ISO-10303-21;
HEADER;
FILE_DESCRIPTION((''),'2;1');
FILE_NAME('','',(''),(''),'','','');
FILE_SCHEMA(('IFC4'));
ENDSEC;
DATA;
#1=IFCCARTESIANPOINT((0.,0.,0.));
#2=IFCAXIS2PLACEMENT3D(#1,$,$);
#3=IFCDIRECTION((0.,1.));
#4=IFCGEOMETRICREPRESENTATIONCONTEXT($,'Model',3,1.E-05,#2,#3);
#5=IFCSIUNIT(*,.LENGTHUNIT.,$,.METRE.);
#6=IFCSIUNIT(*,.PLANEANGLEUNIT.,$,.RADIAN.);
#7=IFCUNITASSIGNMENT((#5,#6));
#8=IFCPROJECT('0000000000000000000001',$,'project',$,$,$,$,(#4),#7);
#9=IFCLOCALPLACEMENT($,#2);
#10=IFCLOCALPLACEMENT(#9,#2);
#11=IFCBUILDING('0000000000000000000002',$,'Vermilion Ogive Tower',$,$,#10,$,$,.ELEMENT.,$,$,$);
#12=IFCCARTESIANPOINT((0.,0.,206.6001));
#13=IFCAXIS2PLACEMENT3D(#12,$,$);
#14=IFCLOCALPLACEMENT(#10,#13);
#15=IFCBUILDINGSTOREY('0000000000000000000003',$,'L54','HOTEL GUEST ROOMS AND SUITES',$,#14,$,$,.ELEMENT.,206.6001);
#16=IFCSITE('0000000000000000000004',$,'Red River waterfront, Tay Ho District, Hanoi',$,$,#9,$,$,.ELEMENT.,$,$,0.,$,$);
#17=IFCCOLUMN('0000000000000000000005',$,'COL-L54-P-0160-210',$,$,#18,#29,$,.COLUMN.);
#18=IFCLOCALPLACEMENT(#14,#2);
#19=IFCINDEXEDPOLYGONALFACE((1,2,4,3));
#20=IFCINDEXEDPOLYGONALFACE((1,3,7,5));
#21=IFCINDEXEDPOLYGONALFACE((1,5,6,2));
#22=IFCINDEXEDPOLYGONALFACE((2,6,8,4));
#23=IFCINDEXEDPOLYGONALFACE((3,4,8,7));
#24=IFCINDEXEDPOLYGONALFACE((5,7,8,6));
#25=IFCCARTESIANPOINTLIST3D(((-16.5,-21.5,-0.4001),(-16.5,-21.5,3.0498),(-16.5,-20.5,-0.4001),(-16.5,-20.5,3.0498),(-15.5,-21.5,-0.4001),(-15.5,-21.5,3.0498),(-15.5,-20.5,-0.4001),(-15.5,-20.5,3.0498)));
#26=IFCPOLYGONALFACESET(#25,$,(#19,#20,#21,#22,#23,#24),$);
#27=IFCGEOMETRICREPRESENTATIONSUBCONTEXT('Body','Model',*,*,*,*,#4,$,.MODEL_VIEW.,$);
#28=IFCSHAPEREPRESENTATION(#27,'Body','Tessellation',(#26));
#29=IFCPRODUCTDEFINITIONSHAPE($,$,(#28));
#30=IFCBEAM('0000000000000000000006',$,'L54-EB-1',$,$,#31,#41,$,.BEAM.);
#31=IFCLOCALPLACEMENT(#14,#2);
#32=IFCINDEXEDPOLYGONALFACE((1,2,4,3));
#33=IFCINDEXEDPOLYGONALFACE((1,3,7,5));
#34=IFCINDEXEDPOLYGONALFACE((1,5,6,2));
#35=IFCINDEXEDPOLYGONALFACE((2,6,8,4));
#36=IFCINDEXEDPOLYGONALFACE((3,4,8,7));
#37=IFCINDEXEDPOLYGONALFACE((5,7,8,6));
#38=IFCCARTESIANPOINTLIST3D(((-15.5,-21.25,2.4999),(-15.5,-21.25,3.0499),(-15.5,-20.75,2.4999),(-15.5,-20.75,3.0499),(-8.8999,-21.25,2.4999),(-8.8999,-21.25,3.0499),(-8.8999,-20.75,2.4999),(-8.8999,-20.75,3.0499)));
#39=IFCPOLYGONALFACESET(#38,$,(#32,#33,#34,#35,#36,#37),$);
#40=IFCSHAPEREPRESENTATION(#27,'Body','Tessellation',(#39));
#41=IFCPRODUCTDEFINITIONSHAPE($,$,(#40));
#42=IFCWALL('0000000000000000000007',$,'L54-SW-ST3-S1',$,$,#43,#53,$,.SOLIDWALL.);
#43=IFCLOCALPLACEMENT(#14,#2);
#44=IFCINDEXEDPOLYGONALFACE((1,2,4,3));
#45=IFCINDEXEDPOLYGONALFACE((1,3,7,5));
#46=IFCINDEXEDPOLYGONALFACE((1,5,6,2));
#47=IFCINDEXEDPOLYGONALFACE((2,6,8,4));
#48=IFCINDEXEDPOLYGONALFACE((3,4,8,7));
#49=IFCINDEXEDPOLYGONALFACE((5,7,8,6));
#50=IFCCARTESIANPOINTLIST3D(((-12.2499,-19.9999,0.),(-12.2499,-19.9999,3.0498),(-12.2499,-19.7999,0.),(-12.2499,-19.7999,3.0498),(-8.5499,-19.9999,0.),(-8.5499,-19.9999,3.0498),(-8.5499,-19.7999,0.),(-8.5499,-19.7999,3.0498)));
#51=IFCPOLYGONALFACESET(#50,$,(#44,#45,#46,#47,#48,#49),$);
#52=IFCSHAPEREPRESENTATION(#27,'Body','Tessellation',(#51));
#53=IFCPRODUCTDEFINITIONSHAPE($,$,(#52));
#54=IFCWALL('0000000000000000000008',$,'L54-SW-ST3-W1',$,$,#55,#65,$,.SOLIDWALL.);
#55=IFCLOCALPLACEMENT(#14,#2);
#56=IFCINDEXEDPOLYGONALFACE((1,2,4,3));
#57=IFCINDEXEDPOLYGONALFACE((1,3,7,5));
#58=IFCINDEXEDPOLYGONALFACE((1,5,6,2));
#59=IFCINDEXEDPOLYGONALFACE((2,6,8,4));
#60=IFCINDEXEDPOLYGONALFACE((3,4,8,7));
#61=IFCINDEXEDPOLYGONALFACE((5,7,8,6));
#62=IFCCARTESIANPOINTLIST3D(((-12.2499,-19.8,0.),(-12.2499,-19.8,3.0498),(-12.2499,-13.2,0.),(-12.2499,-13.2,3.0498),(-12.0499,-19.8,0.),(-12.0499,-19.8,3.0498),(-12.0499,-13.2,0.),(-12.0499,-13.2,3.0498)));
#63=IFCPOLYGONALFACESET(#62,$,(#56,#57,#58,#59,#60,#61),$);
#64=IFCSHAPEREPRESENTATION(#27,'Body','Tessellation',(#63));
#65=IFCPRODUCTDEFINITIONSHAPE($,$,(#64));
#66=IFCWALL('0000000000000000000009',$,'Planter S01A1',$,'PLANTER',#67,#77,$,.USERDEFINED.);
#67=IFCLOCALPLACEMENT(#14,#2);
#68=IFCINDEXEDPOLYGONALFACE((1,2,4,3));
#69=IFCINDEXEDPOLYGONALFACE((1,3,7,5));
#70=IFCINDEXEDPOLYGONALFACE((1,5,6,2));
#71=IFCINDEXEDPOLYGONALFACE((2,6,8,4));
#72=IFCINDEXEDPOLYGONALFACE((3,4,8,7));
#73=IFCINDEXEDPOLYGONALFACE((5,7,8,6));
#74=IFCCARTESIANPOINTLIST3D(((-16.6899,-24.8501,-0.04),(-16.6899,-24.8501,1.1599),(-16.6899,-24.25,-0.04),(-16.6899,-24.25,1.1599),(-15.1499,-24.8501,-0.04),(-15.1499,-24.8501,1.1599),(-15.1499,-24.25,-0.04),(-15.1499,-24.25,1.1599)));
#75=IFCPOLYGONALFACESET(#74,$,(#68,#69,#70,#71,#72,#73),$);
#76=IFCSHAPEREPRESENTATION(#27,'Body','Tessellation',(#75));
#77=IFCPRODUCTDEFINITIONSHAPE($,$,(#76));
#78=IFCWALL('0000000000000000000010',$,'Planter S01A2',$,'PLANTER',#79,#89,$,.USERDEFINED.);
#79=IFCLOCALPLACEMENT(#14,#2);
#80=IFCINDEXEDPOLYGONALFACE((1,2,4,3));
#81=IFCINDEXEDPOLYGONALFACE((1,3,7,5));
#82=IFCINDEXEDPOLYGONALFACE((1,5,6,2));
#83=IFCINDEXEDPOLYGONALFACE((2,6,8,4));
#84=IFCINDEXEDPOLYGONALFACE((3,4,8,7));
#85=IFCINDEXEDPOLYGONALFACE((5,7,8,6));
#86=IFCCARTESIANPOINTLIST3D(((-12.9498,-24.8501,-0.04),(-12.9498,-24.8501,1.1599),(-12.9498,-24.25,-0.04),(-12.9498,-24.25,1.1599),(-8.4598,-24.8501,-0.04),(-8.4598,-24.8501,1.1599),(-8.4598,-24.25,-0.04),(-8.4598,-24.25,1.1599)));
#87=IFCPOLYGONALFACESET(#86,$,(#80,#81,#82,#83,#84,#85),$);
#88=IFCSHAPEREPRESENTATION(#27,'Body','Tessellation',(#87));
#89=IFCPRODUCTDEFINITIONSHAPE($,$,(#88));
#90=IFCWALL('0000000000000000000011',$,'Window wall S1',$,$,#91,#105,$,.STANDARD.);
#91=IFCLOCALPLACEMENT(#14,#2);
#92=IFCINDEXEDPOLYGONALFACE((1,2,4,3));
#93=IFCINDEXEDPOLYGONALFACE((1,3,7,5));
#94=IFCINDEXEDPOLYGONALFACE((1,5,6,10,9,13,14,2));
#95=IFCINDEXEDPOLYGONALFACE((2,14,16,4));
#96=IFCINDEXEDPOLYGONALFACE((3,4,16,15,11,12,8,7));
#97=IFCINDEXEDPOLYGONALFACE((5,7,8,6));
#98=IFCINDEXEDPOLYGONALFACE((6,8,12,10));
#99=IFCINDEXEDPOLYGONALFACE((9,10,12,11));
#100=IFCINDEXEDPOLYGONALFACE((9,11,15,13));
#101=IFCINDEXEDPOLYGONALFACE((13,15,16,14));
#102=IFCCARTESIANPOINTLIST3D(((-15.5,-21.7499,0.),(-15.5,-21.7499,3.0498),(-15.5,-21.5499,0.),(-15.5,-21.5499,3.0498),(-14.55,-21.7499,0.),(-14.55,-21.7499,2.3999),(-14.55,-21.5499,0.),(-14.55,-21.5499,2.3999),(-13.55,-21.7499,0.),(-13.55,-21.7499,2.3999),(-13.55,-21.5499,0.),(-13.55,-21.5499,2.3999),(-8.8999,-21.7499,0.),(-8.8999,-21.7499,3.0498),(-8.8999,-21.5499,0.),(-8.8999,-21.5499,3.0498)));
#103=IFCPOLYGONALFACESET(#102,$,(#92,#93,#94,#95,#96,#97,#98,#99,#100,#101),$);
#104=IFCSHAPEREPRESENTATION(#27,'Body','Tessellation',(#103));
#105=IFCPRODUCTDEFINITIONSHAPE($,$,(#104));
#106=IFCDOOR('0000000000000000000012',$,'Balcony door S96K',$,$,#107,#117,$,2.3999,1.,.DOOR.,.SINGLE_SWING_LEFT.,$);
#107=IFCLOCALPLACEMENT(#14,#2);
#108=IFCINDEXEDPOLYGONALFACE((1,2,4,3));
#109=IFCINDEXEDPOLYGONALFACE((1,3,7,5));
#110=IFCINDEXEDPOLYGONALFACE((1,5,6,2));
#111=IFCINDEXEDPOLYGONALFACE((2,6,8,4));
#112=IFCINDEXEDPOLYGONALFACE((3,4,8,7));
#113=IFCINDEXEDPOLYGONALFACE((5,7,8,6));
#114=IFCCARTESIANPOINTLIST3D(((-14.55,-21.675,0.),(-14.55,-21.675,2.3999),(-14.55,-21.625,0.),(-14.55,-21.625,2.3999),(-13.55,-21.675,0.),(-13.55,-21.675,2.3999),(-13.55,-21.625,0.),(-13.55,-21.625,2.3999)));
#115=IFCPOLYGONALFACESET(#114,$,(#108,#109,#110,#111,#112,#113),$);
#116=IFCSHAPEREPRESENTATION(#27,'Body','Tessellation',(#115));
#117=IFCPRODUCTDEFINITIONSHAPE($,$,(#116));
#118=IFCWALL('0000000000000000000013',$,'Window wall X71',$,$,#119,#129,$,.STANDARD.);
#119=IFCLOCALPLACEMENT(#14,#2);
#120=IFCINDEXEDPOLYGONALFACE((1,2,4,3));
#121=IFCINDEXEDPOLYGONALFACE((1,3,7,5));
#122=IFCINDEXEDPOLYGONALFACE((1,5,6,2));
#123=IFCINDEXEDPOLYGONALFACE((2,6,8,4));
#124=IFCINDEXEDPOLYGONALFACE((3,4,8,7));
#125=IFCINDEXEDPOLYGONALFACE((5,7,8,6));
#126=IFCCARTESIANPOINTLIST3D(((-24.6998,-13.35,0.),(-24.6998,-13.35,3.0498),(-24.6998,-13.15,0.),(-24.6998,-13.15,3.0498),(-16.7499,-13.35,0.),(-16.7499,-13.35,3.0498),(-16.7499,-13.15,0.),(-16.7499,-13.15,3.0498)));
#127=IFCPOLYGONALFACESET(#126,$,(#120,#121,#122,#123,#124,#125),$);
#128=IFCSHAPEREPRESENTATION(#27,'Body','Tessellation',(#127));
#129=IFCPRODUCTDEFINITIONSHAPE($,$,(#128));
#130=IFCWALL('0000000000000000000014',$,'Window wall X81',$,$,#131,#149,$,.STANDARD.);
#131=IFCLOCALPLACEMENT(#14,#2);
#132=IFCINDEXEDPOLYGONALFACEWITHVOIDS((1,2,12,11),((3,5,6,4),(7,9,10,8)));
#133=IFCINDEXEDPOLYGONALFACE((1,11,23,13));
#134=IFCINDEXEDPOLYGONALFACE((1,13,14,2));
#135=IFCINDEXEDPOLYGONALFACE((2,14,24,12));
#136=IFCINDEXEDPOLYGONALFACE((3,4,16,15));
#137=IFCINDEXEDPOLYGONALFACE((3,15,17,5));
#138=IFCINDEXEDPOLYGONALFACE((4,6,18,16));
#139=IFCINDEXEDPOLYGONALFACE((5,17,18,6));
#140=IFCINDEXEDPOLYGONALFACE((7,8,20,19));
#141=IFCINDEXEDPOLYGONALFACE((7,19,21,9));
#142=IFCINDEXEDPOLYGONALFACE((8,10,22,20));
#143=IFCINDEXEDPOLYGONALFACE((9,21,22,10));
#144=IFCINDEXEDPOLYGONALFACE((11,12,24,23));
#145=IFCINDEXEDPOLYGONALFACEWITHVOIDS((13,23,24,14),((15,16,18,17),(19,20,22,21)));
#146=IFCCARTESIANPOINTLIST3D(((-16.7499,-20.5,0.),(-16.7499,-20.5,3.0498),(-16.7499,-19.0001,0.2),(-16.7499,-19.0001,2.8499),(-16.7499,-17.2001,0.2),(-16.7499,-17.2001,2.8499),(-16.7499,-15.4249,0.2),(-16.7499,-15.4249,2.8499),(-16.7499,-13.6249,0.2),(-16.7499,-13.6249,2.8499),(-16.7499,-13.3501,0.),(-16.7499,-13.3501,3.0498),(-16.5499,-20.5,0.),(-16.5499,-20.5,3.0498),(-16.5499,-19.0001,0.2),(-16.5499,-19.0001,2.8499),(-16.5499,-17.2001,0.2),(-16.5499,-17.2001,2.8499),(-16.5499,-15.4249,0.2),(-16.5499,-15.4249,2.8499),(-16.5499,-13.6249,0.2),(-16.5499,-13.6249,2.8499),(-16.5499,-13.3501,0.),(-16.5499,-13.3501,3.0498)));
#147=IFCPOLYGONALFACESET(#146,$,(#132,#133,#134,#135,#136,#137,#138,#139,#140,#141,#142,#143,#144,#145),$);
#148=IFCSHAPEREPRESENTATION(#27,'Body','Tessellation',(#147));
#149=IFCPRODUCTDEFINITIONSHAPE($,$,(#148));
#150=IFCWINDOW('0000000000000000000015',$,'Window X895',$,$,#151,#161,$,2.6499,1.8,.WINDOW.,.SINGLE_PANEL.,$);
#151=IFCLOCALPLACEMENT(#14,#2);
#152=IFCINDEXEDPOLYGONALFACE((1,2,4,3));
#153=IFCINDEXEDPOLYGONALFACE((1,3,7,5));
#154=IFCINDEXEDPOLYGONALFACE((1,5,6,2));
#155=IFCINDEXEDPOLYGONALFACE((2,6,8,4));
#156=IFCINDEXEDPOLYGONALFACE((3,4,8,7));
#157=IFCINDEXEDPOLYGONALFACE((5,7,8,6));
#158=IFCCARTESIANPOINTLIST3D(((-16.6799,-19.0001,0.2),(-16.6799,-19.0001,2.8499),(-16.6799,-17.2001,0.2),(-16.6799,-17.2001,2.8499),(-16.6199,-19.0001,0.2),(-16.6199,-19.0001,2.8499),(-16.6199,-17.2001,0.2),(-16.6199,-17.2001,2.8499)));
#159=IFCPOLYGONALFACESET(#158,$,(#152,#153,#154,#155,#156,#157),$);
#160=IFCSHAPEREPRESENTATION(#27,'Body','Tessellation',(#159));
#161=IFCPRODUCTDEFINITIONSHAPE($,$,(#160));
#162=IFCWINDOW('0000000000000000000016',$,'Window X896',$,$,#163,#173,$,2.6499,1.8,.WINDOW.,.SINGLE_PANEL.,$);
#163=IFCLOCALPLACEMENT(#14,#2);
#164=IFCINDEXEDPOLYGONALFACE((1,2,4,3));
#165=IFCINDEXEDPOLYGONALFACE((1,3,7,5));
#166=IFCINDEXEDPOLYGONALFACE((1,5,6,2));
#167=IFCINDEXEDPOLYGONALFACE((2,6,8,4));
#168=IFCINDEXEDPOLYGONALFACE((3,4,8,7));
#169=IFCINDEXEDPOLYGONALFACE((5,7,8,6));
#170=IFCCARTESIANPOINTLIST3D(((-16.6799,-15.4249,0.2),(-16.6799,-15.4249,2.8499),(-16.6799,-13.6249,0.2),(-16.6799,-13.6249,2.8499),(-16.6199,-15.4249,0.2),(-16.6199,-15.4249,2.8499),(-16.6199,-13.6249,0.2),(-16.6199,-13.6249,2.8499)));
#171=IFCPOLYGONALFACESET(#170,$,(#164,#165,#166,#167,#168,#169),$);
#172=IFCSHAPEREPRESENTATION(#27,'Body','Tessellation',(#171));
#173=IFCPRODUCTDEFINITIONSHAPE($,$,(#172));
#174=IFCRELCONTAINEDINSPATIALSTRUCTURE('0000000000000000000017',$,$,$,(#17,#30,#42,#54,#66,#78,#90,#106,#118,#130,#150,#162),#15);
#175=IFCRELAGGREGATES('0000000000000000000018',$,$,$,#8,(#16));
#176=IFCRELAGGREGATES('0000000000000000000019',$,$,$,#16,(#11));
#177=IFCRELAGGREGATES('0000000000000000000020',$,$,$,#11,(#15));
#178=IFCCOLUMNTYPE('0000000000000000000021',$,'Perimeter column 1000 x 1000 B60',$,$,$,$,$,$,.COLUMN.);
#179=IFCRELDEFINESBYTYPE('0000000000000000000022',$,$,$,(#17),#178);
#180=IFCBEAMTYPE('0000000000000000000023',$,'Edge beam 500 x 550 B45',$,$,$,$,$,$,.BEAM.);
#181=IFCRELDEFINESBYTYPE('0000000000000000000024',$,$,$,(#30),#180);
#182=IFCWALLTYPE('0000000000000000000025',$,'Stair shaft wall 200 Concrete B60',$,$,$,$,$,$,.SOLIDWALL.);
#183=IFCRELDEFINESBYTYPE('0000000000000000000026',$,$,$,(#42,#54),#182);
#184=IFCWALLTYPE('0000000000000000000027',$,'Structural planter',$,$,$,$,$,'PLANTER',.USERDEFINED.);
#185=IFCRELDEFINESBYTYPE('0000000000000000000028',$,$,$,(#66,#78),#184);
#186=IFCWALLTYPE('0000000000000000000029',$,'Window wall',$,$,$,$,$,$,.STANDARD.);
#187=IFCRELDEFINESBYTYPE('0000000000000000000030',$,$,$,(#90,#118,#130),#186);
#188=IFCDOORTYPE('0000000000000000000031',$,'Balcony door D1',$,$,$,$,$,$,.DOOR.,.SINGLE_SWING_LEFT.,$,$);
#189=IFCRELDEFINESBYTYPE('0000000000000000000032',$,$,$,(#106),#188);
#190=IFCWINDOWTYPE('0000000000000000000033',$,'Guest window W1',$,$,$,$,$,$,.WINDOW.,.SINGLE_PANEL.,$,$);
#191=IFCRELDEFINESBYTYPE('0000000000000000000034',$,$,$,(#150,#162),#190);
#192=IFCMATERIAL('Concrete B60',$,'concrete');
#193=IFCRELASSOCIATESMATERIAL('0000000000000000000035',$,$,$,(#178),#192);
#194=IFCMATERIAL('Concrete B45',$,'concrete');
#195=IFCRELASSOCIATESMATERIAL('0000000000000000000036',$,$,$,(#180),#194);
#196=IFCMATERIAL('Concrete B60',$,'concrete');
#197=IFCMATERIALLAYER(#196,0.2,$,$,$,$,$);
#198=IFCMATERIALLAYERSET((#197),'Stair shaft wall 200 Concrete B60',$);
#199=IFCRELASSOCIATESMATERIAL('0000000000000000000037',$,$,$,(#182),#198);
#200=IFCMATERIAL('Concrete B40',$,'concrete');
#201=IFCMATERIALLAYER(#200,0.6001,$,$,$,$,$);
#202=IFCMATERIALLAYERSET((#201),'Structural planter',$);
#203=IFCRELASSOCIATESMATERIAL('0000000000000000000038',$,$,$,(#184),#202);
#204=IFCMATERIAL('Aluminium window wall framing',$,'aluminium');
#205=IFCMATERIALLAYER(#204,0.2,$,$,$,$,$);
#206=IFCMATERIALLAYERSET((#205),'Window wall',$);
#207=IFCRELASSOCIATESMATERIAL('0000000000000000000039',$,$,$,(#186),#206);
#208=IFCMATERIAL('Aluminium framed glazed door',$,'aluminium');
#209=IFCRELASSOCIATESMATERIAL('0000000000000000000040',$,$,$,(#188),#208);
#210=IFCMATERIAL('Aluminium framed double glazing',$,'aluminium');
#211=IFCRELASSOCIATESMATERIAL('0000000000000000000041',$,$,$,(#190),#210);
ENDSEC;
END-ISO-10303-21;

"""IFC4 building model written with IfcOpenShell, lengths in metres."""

from ifc_helpers import new_model, si_unit, direction, frame, frame_2d, origin, origin_2d, place, context, subcontext, project, spatial, rectangle, extrude, material, layer, layer_set, material_profile, profile_set, type_object, element, fill, save


model = new_model("IFC4")

# Units and contexts
model_context = context("Model", 3, precision=1e-05, world=origin(), true_north=direction((0.0, 1.0)))
body_context = subcontext(model_context, "Body", "Model", "MODEL_VIEW")
ifc_project = project(units=[si_unit("LENGTHUNIT", "METRE"), si_unit("PLANEANGLEUNIT", "RADIAN")], contexts=[model_context])

# Site, building, storey
site_placement = place(None, origin())
site = spatial("IfcSite", under=ifc_project, at=site_placement, Name="Red River waterfront, Tay Ho District, Hanoi", CompositionType="ELEMENT", RefElevation=0.0)
building_placement = place(site_placement, origin())
building = spatial("IfcBuilding", under=site, at=building_placement, Name="Vermilion Ogive Tower", CompositionType="ELEMENT")
storey_placement = place(building_placement, frame((0.0, 0.0, 206.6001)))
storey = spatial("IfcBuildingStorey", under=building, at=storey_placement, Name="L54", Description="HOTEL GUEST ROOMS AND SUITES", CompositionType="ELEMENT", Elevation=206.6001)

# Column
ifc_material_1 = material(Name="Concrete B60", Category="concrete")
ifc_material_profile_1 = material_profile(ifc_material_1, rectangle(XDim=1.0, YDim=1.0, at=origin_2d()), Name="1000 x 1000")
ifc_profile_set_1 = profile_set([ifc_material_profile_1], Name="Concrete B60")
column_type = type_object("IfcColumnType", Name="Perimeter column 1000 x 1000 B60", PredefinedType="COLUMN", material=ifc_profile_set_1)
column_placement = place(storey_placement, frame((-16.0, -21.0, -0.4001), z_axis=(0.0, 0.0, 1.0), x_axis=(1.0, 0.0, 0.0)))
element("IfcColumn", 1, at=column_placement, inside=storey, type_object=column_type, Name="COL-L54-P-0160-210", PredefinedType="COLUMN", context=body_context, shape_type="SweptSolid", body=[
    extrude(rectangle(XDim=1.0, YDim=1.0, at=origin_2d()), origin(), (0.0, 0.0, 1.0), 3.45),
])

# Beam
ifc_material_2 = material(Name="Concrete B45", Category="concrete")
ifc_material_profile_2 = material_profile(ifc_material_2, rectangle(XDim=0.5, YDim=0.55, at=origin_2d()), Name="500 x 550")
ifc_profile_set_2 = profile_set([ifc_material_profile_2], Name="Concrete B45")
beam_type = type_object("IfcBeamType", Name="Edge beam 500 x 550 B45", PredefinedType="BEAM", material=ifc_profile_set_2)
beam_placement = place(storey_placement, frame((-15.5, -21.0, 2.7749), z_axis=(1.0, 0.0, 0.0), x_axis=(0.0, 1.0, 0.0)))
element("IfcBeam", 2, at=beam_placement, inside=storey, type_object=beam_type, Name="L54-EB-1", PredefinedType="BEAM", context=body_context, shape_type="SweptSolid", body=[
    extrude(rectangle(XDim=0.5, YDim=0.55, at=origin_2d()), origin(), (0.0, 0.0, 1.0), 6.6001),
])

# Walls
ifc_material_3 = material(Name="Concrete B60", Category="concrete")
ifc_layer_1 = layer(ifc_material_3, 0.2)
ifc_layer_set_1 = layer_set([ifc_layer_1], Name="Stair shaft wall 200 Concrete B60")
wall_type_1 = type_object("IfcWallType", Name="Stair shaft wall 200 Concrete B60", PredefinedType="SOLIDWALL", material=ifc_layer_set_1)
wall_1_placement = place(storey_placement, frame((-12.25, -19.8999, 0.0), z_axis=(0.0, 0.0, 1.0), x_axis=(1.0, 0.0, 0.0)))
element("IfcWall", 3, at=wall_1_placement, inside=storey, type_object=wall_type_1, Name="L54-SW-ST3-S1", PredefinedType="SOLIDWALL", context=body_context, shape_type="SweptSolid", body=[
    extrude(rectangle(XDim=3.7, YDim=0.2, at=frame_2d((1.8501, 0.0))), origin(), (0.0, 0.0, 1.0), 3.0498),
])
wall_2_placement = place(storey_placement, frame((-12.1499, -19.8, 0.0), z_axis=(0.0, 0.0, 1.0), x_axis=(0.0, 1.0, 0.0)))
element("IfcWall", 4, at=wall_2_placement, inside=storey, type_object=wall_type_1, Name="L54-SW-ST3-W1", PredefinedType="SOLIDWALL", context=body_context, shape_type="SweptSolid", body=[
    extrude(rectangle(XDim=6.6001, YDim=0.2, at=frame_2d((3.3, 0.0))), origin(), (0.0, 0.0, 1.0), 3.0498),
])
ifc_material_4 = material(Name="Concrete B40", Category="concrete")
ifc_layer_2 = layer(ifc_material_4, 0.6001)
ifc_layer_set_2 = layer_set([ifc_layer_2], Name="Structural planter")
wall_type_2 = type_object("IfcWallType", Name="Structural planter", ElementType="PLANTER", PredefinedType="USERDEFINED", material=ifc_layer_set_2)
wall_3_placement = place(storey_placement, frame((-16.6899, -24.55, -0.04), z_axis=(0.0, 0.0, 1.0), x_axis=(1.0, 0.0, 0.0)))
element("IfcWall", 5, at=wall_3_placement, inside=storey, type_object=wall_type_2, Name="Planter S01A1", ObjectType="PLANTER", PredefinedType="USERDEFINED", context=body_context, shape_type="SweptSolid", body=[
    extrude(rectangle(XDim=1.54, YDim=0.6001, at=frame_2d((0.77, 0.0))), origin(), (0.0, 0.0, 1.0), 1.2),
])
wall_4_placement = place(storey_placement, frame((-12.95, -24.55, -0.04), z_axis=(0.0, 0.0, 1.0), x_axis=(1.0, 0.0, 0.0)))
element("IfcWall", 6, at=wall_4_placement, inside=storey, type_object=wall_type_2, Name="Planter S01A2", ObjectType="PLANTER", PredefinedType="USERDEFINED", context=body_context, shape_type="SweptSolid", body=[
    extrude(rectangle(XDim=4.49, YDim=0.6001, at=frame_2d((2.2451, 0.0))), origin(), (0.0, 0.0, 1.0), 1.2),
])

# Wall, opening, door
ifc_material_5 = material(Name="Aluminium window wall framing", Category="aluminium")
ifc_layer_3 = layer(ifc_material_5, 0.2)
ifc_layer_set_3 = layer_set([ifc_layer_3], Name="Window wall")
wall_type_3 = type_object("IfcWallType", Name="Window wall", PredefinedType="STANDARD", material=ifc_layer_set_3)
wall_5_placement = place(storey_placement, frame((-15.5, -21.6499, 0.0), z_axis=(0.0, 0.0, 1.0), x_axis=(1.0, 0.0, 0.0)))
wall_5 = element("IfcWall", 7, at=wall_5_placement, inside=storey, type_object=wall_type_3, Name="Window wall S1", PredefinedType="STANDARD", context=body_context, shape_type="SweptSolid", body=[
    extrude(rectangle(XDim=6.6001, YDim=0.2, at=frame_2d((3.3, 0.0))), origin(), (0.0, 0.0, 1.0), 3.0498),
])
opening_1_placement = place(wall_5_placement, frame((0.95, 0.0, 0.0)))
opening_1 = element("IfcOpeningElement", 8, at=opening_1_placement, cuts=wall_5, PredefinedType="OPENING", context=body_context, shape_type="SweptSolid", body=[
    extrude(rectangle(XDim=1.0, YDim=2.3999, at=frame_2d((0.5, 1.2))), frame((0.0, 0.1099, 0.0), z_axis=(0.0, -1.0, 0.0), x_axis=(1.0, 0.0, 0.0)), (0.0, 0.0, 1.0), 0.22),
])
ifc_material_6 = material(Name="Aluminium framed glazed door", Category="aluminium")
door_type = type_object("IfcDoorType", Name="Balcony door D1", OperationType="SINGLE_SWING_LEFT", PredefinedType="DOOR", material=ifc_material_6)
door_placement = place(opening_1_placement, origin())
door = element("IfcDoor", 9, at=door_placement, inside=storey, type_object=door_type, Name="Balcony door S96K", OperationType="SINGLE_SWING_LEFT", OverallHeight=2.3999, OverallWidth=1.0, PredefinedType="DOOR", context=body_context, shape_type="SweptSolid", body=[
    extrude(rectangle(XDim=1.0, YDim=2.3999, at=frame_2d((0.5, 1.2))), frame((0.0, 0.0249, 0.0), z_axis=(0.0, -1.0, 0.0), x_axis=(1.0, 0.0, 0.0)), (0.0, 0.0, 1.0), 0.05),
])
fill(opening_1, door)

# Wall
wall_6_placement = place(storey_placement, frame((-24.7, -13.25, 0.0), z_axis=(0.0, 0.0, 1.0), x_axis=(1.0, 0.0, 0.0)))
element("IfcWall", 10, at=wall_6_placement, inside=storey, type_object=wall_type_3, Name="Window wall X71", PredefinedType="STANDARD", context=body_context, shape_type="SweptSolid", body=[
    extrude(rectangle(XDim=7.95, YDim=0.2, at=frame_2d((3.9751, 0.0))), origin(), (0.0, 0.0, 1.0), 3.0498),
])

# Wall, openings, windows
wall_7_placement = place(storey_placement, frame((-16.6499, -13.3501, 0.0), z_axis=(0.0, 0.0, 1.0), x_axis=(0.0, -1.0, 0.0)))
wall_7 = element("IfcWall", 11, at=wall_7_placement, inside=storey, type_object=wall_type_3, Name="Window wall X81", PredefinedType="STANDARD", context=body_context, shape_type="SweptSolid", body=[
    extrude(rectangle(XDim=7.1499, YDim=0.2, at=frame_2d((3.575, 0.0))), origin(), (0.0, 0.0, 1.0), 3.0498),
])
opening_2_placement = place(wall_7_placement, frame((3.8501, 0.0, 0.2)))
opening_2 = element("IfcOpeningElement", 12, at=opening_2_placement, cuts=wall_7, PredefinedType="OPENING", context=body_context, shape_type="SweptSolid", body=[
    extrude(rectangle(XDim=1.8, YDim=2.6499, at=frame_2d((0.8999, 1.325))), frame((0.0, 0.1099, 0.0), z_axis=(0.0, -1.0, 0.0), x_axis=(1.0, 0.0, 0.0)), (0.0, 0.0, 1.0), 0.22),
])
opening_3_placement = place(wall_7_placement, frame((0.2749, 0.0, 0.2)))
opening_3 = element("IfcOpeningElement", 13, at=opening_3_placement, cuts=wall_7, PredefinedType="OPENING", context=body_context, shape_type="SweptSolid", body=[
    extrude(rectangle(XDim=1.8, YDim=2.6499, at=frame_2d((0.8999, 1.325))), frame((0.0, 0.1099, 0.0), z_axis=(0.0, -1.0, 0.0), x_axis=(1.0, 0.0, 0.0)), (0.0, 0.0, 1.0), 0.22),
])
ifc_material_7 = material(Name="Aluminium framed double glazing", Category="aluminium")
window_type = type_object("IfcWindowType", Name="Guest window W1", PartitioningType="SINGLE_PANEL", PredefinedType="WINDOW", material=ifc_material_7)
window_1_placement = place(opening_2_placement, origin())
window_1 = element("IfcWindow", 14, at=window_1_placement, inside=storey, type_object=window_type, Name="Window X895", OverallHeight=2.6499, OverallWidth=1.8, PartitioningType="SINGLE_PANEL", PredefinedType="WINDOW", context=body_context, shape_type="SweptSolid", body=[
    extrude(rectangle(XDim=1.8, YDim=2.6499, at=frame_2d((0.8999, 1.325))), frame((0.0, 0.03, 0.0), z_axis=(0.0, -1.0, 0.0), x_axis=(1.0, 0.0, 0.0)), (0.0, 0.0, 1.0), 0.0601),
])
fill(opening_2, window_1)
window_2_placement = place(opening_3_placement, origin())
window_2 = element("IfcWindow", 15, at=window_2_placement, inside=storey, type_object=window_type, Name="Window X896", OverallHeight=2.6499, OverallWidth=1.8, PartitioningType="SINGLE_PANEL", PredefinedType="WINDOW", context=body_context, shape_type="SweptSolid", body=[
    extrude(rectangle(XDim=1.8, YDim=2.6499, at=frame_2d((0.8999, 1.325))), frame((0.0, 0.03, 0.0), z_axis=(0.0, -1.0, 0.0), x_axis=(1.0, 0.0, 0.0)), (0.0, 0.0, 1.0), 0.0601),
])
fill(opening_3, window_2)

save(model, "model.ifc")
